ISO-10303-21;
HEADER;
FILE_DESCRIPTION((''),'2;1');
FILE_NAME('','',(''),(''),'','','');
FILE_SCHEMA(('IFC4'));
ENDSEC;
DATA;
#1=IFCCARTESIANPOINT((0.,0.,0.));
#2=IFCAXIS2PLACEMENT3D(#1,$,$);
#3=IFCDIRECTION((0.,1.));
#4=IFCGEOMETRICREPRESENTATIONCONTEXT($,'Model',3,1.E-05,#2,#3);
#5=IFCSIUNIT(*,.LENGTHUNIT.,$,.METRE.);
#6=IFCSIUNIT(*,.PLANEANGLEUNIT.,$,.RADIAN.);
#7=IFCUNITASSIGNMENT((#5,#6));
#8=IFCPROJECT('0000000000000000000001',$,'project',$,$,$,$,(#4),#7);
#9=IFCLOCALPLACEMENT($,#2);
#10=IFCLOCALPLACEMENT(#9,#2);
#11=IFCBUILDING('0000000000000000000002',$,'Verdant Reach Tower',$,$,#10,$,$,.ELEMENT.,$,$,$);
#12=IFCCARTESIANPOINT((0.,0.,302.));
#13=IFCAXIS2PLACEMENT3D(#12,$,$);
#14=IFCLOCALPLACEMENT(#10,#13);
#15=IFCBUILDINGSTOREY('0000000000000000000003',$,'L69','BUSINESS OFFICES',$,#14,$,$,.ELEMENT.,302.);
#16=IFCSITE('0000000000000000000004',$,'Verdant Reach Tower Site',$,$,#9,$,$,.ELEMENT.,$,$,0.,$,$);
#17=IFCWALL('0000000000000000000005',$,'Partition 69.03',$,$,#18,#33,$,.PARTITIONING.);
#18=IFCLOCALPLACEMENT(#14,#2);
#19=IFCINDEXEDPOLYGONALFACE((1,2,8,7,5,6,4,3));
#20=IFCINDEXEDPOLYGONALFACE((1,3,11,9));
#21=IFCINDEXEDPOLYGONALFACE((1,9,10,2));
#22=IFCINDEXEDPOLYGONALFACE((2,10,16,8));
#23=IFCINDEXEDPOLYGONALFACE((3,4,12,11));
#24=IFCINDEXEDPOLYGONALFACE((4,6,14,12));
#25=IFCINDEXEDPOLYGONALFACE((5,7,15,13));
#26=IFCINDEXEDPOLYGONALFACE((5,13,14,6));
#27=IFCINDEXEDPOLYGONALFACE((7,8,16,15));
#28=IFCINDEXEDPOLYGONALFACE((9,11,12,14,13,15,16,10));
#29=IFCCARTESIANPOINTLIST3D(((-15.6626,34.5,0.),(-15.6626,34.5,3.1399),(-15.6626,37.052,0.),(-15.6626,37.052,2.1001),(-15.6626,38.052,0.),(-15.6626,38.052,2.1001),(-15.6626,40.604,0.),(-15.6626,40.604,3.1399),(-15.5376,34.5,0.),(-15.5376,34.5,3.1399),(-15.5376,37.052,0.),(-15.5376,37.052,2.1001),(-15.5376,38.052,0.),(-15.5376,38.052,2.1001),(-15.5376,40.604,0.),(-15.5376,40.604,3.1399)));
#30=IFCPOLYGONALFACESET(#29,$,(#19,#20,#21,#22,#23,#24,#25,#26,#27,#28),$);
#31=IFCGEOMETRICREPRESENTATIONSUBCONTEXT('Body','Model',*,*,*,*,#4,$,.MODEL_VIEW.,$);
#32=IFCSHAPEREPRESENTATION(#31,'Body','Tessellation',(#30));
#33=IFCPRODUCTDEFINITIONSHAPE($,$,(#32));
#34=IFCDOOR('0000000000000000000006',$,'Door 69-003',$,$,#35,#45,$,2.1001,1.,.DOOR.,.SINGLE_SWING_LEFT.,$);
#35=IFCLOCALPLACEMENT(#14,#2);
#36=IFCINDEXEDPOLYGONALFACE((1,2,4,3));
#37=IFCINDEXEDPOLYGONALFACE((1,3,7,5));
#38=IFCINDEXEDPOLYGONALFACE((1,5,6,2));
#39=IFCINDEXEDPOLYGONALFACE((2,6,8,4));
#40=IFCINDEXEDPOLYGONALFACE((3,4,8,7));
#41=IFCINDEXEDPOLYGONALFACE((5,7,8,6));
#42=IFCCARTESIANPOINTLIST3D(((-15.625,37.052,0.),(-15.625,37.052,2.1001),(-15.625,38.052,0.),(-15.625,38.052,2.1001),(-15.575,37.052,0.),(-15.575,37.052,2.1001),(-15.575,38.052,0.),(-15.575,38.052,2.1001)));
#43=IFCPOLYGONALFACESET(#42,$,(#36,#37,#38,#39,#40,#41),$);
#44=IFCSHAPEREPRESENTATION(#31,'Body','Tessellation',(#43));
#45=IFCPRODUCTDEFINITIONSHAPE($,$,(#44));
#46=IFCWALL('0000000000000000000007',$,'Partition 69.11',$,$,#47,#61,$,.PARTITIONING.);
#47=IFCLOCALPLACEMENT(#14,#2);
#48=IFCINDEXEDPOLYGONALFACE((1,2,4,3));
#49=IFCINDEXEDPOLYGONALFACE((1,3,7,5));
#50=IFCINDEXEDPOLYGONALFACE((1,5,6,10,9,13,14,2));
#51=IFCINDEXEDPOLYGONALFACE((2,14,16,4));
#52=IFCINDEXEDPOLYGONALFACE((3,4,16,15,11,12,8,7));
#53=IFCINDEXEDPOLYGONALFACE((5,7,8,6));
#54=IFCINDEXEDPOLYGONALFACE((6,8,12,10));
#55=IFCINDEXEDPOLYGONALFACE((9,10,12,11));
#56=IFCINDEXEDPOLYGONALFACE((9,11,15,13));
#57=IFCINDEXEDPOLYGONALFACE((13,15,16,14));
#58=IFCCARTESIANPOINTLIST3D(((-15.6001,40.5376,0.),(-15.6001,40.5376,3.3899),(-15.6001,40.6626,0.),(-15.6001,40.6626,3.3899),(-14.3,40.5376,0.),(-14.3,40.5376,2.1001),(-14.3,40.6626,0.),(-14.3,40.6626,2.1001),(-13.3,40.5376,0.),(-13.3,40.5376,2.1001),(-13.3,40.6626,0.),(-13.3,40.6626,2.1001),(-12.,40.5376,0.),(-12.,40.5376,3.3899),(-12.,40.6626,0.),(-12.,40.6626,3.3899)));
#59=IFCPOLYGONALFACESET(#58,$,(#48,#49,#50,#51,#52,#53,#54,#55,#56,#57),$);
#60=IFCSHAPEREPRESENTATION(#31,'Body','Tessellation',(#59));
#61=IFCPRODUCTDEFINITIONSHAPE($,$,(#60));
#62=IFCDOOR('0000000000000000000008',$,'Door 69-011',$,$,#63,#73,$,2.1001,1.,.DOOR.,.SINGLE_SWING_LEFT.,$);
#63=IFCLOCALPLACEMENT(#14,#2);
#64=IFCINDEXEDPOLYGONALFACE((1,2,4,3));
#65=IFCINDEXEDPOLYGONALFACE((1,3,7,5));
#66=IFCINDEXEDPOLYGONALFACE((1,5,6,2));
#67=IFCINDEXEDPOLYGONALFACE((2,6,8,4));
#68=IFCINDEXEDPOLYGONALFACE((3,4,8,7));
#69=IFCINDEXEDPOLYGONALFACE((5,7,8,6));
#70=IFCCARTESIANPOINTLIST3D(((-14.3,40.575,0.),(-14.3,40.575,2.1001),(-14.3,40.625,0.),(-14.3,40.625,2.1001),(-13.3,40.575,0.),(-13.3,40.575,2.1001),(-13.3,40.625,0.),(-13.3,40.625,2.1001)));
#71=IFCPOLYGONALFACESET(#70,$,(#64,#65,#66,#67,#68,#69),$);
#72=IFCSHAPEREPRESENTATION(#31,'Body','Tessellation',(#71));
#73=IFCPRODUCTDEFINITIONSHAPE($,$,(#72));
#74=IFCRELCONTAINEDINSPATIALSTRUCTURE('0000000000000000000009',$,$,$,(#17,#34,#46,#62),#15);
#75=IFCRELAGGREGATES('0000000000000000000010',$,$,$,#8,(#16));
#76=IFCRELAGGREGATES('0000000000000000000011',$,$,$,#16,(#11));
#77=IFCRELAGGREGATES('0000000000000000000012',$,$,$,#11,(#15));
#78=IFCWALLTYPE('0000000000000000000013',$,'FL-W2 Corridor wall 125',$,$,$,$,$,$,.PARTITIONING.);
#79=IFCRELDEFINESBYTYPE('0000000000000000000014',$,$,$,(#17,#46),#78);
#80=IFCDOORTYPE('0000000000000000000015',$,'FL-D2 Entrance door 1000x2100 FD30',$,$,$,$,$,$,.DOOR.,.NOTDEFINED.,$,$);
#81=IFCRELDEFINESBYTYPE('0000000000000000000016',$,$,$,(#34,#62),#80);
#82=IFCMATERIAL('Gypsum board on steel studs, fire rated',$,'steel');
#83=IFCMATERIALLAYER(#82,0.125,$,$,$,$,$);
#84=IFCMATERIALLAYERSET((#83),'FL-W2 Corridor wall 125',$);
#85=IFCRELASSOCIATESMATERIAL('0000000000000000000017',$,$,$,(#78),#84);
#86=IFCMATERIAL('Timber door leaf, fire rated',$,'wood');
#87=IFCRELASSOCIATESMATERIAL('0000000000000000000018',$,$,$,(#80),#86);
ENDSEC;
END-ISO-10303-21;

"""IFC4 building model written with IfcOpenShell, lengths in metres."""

from ifc_helpers import new_model, si_unit, direction, frame, frame_2d, origin, place, context, subcontext, project, spatial, rectangle, extrude, material, layer, layer_set, type_object, element, fill, save


model = new_model("IFC4")

# Units and contexts
model_context = context("Model", 3, precision=1e-05, world=origin(), true_north=direction((0.0, 1.0)))
body_context = subcontext(model_context, "Body", "Model", "MODEL_VIEW")
ifc_project = project(units=[si_unit("LENGTHUNIT", "METRE"), si_unit("PLANEANGLEUNIT", "RADIAN")], contexts=[model_context])

# Site, building, storey
site_placement = place(None, origin())
site = spatial("IfcSite", under=ifc_project, at=site_placement, Name="Verdant Reach Tower Site", CompositionType="ELEMENT", RefElevation=0.0)
building_placement = place(site_placement, origin())
building = spatial("IfcBuilding", under=site, at=building_placement, Name="Verdant Reach Tower", CompositionType="ELEMENT")
storey_placement = place(building_placement, frame((0.0, 0.0, 302.0)))
storey = spatial("IfcBuildingStorey", under=building, at=storey_placement, Name="L69", Description="BUSINESS OFFICES", CompositionType="ELEMENT", Elevation=302.0)

# Walls, openings, doors
ifc_material_1 = material(Name="Gypsum board on steel studs, fire rated", Category="steel")
ifc_layer_1 = layer(ifc_material_1, 0.125)
ifc_layer_set_1 = layer_set([ifc_layer_1], Name="FL-W2 Corridor wall 125")
wall_type_1 = type_object("IfcWallType", Name="FL-W2 Corridor wall 125", PredefinedType="PARTITIONING", material=ifc_layer_set_1)
wall_1_placement = place(storey_placement, frame((-15.6001, 34.5, 0.0), z_axis=(0.0, 0.0, 1.0), x_axis=(0.0, 1.0, 0.0)))
wall_1 = element("IfcWall", 1, at=wall_1_placement, inside=storey, type_object=wall_type_1, Name="Partition 69.03", PredefinedType="PARTITIONING", context=body_context, shape_type="SweptSolid", body=[
    extrude(rectangle(XDim=6.104, YDim=0.125, at=frame_2d((3.052, 0.0))), origin(), (0.0, 0.0, 1.0), 3.1399),
])
opening_1_placement = place(wall_1_placement, frame((2.552, 0.0, 0.0)))
opening_1 = element("IfcOpeningElement", 2, at=opening_1_placement, cuts=wall_1, PredefinedType="OPENING", context=body_context, shape_type="SweptSolid", body=[
    extrude(rectangle(XDim=1.0, YDim=2.1001, at=frame_2d((0.5, 1.05))), frame((0.0, 0.0725, 0.0), z_axis=(0.0, -1.0, 0.0), x_axis=(1.0, 0.0, 0.0)), (0.0, 0.0, 1.0), 0.145),
])
ifc_material_2 = material(Name="Timber door leaf, fire rated", Category="wood")
door_type = type_object("IfcDoorType", Name="FL-D2 Entrance door 1000x2100 FD30", OperationType="NOTDEFINED", PredefinedType="DOOR", material=ifc_material_2)
door_1_placement = place(opening_1_placement, origin())
door_1 = element("IfcDoor", 3, at=door_1_placement, inside=storey, type_object=door_type, Name="Door 69-003", OperationType="SINGLE_SWING_LEFT", OverallHeight=2.1001, OverallWidth=1.0, PredefinedType="DOOR", context=body_context, shape_type="SweptSolid", body=[
    extrude(rectangle(XDim=1.0, YDim=2.1001, at=frame_2d((0.5, 1.05))), frame((0.0, 0.0249, 0.0), z_axis=(0.0, -1.0, 0.0), x_axis=(1.0, 0.0, 0.0)), (0.0, 0.0, 1.0), 0.05),
])
fill(opening_1, door_1)
wall_2_placement = place(storey_placement, frame((-15.6001, 40.6001, 0.0), z_axis=(0.0, 0.0, 1.0), x_axis=(1.0, 0.0, 0.0)))
wall_2 = element("IfcWall", 4, at=wall_2_placement, inside=storey, type_object=wall_type_1, Name="Partition 69.11", PredefinedType="PARTITIONING", context=body_context, shape_type="SweptSolid", body=[
    extrude(rectangle(XDim=3.6001, YDim=0.125, at=frame_2d((1.8, 0.0))), origin(), (0.0, 0.0, 1.0), 3.3899),
])
opening_2_placement = place(wall_2_placement, frame((1.3, 0.0, 0.0)))
opening_2 = element("IfcOpeningElement", 5, at=opening_2_placement, cuts=wall_2, PredefinedType="OPENING", context=body_context, shape_type="SweptSolid", body=[
    extrude(rectangle(XDim=1.0, YDim=2.1001, at=frame_2d((0.5, 1.05))), frame((0.0, 0.0725, 0.0), z_axis=(0.0, -1.0, 0.0), x_axis=(1.0, 0.0, 0.0)), (0.0, 0.0, 1.0), 0.145),
])
door_2_placement = place(opening_2_placement, origin())
door_2 = element("IfcDoor", 6, at=door_2_placement, inside=storey, type_object=door_type, Name="Door 69-011", OperationType="SINGLE_SWING_LEFT", OverallHeight=2.1001, OverallWidth=1.0, PredefinedType="DOOR", context=body_context, shape_type="SweptSolid", body=[
    extrude(rectangle(XDim=1.0, YDim=2.1001, at=frame_2d((0.5, 1.05))), frame((0.0, 0.0249, 0.0), z_axis=(0.0, -1.0, 0.0), x_axis=(1.0, 0.0, 0.0)), (0.0, 0.0, 1.0), 0.05),
])
fill(opening_2, door_2)

save(model, "model.ifc")
